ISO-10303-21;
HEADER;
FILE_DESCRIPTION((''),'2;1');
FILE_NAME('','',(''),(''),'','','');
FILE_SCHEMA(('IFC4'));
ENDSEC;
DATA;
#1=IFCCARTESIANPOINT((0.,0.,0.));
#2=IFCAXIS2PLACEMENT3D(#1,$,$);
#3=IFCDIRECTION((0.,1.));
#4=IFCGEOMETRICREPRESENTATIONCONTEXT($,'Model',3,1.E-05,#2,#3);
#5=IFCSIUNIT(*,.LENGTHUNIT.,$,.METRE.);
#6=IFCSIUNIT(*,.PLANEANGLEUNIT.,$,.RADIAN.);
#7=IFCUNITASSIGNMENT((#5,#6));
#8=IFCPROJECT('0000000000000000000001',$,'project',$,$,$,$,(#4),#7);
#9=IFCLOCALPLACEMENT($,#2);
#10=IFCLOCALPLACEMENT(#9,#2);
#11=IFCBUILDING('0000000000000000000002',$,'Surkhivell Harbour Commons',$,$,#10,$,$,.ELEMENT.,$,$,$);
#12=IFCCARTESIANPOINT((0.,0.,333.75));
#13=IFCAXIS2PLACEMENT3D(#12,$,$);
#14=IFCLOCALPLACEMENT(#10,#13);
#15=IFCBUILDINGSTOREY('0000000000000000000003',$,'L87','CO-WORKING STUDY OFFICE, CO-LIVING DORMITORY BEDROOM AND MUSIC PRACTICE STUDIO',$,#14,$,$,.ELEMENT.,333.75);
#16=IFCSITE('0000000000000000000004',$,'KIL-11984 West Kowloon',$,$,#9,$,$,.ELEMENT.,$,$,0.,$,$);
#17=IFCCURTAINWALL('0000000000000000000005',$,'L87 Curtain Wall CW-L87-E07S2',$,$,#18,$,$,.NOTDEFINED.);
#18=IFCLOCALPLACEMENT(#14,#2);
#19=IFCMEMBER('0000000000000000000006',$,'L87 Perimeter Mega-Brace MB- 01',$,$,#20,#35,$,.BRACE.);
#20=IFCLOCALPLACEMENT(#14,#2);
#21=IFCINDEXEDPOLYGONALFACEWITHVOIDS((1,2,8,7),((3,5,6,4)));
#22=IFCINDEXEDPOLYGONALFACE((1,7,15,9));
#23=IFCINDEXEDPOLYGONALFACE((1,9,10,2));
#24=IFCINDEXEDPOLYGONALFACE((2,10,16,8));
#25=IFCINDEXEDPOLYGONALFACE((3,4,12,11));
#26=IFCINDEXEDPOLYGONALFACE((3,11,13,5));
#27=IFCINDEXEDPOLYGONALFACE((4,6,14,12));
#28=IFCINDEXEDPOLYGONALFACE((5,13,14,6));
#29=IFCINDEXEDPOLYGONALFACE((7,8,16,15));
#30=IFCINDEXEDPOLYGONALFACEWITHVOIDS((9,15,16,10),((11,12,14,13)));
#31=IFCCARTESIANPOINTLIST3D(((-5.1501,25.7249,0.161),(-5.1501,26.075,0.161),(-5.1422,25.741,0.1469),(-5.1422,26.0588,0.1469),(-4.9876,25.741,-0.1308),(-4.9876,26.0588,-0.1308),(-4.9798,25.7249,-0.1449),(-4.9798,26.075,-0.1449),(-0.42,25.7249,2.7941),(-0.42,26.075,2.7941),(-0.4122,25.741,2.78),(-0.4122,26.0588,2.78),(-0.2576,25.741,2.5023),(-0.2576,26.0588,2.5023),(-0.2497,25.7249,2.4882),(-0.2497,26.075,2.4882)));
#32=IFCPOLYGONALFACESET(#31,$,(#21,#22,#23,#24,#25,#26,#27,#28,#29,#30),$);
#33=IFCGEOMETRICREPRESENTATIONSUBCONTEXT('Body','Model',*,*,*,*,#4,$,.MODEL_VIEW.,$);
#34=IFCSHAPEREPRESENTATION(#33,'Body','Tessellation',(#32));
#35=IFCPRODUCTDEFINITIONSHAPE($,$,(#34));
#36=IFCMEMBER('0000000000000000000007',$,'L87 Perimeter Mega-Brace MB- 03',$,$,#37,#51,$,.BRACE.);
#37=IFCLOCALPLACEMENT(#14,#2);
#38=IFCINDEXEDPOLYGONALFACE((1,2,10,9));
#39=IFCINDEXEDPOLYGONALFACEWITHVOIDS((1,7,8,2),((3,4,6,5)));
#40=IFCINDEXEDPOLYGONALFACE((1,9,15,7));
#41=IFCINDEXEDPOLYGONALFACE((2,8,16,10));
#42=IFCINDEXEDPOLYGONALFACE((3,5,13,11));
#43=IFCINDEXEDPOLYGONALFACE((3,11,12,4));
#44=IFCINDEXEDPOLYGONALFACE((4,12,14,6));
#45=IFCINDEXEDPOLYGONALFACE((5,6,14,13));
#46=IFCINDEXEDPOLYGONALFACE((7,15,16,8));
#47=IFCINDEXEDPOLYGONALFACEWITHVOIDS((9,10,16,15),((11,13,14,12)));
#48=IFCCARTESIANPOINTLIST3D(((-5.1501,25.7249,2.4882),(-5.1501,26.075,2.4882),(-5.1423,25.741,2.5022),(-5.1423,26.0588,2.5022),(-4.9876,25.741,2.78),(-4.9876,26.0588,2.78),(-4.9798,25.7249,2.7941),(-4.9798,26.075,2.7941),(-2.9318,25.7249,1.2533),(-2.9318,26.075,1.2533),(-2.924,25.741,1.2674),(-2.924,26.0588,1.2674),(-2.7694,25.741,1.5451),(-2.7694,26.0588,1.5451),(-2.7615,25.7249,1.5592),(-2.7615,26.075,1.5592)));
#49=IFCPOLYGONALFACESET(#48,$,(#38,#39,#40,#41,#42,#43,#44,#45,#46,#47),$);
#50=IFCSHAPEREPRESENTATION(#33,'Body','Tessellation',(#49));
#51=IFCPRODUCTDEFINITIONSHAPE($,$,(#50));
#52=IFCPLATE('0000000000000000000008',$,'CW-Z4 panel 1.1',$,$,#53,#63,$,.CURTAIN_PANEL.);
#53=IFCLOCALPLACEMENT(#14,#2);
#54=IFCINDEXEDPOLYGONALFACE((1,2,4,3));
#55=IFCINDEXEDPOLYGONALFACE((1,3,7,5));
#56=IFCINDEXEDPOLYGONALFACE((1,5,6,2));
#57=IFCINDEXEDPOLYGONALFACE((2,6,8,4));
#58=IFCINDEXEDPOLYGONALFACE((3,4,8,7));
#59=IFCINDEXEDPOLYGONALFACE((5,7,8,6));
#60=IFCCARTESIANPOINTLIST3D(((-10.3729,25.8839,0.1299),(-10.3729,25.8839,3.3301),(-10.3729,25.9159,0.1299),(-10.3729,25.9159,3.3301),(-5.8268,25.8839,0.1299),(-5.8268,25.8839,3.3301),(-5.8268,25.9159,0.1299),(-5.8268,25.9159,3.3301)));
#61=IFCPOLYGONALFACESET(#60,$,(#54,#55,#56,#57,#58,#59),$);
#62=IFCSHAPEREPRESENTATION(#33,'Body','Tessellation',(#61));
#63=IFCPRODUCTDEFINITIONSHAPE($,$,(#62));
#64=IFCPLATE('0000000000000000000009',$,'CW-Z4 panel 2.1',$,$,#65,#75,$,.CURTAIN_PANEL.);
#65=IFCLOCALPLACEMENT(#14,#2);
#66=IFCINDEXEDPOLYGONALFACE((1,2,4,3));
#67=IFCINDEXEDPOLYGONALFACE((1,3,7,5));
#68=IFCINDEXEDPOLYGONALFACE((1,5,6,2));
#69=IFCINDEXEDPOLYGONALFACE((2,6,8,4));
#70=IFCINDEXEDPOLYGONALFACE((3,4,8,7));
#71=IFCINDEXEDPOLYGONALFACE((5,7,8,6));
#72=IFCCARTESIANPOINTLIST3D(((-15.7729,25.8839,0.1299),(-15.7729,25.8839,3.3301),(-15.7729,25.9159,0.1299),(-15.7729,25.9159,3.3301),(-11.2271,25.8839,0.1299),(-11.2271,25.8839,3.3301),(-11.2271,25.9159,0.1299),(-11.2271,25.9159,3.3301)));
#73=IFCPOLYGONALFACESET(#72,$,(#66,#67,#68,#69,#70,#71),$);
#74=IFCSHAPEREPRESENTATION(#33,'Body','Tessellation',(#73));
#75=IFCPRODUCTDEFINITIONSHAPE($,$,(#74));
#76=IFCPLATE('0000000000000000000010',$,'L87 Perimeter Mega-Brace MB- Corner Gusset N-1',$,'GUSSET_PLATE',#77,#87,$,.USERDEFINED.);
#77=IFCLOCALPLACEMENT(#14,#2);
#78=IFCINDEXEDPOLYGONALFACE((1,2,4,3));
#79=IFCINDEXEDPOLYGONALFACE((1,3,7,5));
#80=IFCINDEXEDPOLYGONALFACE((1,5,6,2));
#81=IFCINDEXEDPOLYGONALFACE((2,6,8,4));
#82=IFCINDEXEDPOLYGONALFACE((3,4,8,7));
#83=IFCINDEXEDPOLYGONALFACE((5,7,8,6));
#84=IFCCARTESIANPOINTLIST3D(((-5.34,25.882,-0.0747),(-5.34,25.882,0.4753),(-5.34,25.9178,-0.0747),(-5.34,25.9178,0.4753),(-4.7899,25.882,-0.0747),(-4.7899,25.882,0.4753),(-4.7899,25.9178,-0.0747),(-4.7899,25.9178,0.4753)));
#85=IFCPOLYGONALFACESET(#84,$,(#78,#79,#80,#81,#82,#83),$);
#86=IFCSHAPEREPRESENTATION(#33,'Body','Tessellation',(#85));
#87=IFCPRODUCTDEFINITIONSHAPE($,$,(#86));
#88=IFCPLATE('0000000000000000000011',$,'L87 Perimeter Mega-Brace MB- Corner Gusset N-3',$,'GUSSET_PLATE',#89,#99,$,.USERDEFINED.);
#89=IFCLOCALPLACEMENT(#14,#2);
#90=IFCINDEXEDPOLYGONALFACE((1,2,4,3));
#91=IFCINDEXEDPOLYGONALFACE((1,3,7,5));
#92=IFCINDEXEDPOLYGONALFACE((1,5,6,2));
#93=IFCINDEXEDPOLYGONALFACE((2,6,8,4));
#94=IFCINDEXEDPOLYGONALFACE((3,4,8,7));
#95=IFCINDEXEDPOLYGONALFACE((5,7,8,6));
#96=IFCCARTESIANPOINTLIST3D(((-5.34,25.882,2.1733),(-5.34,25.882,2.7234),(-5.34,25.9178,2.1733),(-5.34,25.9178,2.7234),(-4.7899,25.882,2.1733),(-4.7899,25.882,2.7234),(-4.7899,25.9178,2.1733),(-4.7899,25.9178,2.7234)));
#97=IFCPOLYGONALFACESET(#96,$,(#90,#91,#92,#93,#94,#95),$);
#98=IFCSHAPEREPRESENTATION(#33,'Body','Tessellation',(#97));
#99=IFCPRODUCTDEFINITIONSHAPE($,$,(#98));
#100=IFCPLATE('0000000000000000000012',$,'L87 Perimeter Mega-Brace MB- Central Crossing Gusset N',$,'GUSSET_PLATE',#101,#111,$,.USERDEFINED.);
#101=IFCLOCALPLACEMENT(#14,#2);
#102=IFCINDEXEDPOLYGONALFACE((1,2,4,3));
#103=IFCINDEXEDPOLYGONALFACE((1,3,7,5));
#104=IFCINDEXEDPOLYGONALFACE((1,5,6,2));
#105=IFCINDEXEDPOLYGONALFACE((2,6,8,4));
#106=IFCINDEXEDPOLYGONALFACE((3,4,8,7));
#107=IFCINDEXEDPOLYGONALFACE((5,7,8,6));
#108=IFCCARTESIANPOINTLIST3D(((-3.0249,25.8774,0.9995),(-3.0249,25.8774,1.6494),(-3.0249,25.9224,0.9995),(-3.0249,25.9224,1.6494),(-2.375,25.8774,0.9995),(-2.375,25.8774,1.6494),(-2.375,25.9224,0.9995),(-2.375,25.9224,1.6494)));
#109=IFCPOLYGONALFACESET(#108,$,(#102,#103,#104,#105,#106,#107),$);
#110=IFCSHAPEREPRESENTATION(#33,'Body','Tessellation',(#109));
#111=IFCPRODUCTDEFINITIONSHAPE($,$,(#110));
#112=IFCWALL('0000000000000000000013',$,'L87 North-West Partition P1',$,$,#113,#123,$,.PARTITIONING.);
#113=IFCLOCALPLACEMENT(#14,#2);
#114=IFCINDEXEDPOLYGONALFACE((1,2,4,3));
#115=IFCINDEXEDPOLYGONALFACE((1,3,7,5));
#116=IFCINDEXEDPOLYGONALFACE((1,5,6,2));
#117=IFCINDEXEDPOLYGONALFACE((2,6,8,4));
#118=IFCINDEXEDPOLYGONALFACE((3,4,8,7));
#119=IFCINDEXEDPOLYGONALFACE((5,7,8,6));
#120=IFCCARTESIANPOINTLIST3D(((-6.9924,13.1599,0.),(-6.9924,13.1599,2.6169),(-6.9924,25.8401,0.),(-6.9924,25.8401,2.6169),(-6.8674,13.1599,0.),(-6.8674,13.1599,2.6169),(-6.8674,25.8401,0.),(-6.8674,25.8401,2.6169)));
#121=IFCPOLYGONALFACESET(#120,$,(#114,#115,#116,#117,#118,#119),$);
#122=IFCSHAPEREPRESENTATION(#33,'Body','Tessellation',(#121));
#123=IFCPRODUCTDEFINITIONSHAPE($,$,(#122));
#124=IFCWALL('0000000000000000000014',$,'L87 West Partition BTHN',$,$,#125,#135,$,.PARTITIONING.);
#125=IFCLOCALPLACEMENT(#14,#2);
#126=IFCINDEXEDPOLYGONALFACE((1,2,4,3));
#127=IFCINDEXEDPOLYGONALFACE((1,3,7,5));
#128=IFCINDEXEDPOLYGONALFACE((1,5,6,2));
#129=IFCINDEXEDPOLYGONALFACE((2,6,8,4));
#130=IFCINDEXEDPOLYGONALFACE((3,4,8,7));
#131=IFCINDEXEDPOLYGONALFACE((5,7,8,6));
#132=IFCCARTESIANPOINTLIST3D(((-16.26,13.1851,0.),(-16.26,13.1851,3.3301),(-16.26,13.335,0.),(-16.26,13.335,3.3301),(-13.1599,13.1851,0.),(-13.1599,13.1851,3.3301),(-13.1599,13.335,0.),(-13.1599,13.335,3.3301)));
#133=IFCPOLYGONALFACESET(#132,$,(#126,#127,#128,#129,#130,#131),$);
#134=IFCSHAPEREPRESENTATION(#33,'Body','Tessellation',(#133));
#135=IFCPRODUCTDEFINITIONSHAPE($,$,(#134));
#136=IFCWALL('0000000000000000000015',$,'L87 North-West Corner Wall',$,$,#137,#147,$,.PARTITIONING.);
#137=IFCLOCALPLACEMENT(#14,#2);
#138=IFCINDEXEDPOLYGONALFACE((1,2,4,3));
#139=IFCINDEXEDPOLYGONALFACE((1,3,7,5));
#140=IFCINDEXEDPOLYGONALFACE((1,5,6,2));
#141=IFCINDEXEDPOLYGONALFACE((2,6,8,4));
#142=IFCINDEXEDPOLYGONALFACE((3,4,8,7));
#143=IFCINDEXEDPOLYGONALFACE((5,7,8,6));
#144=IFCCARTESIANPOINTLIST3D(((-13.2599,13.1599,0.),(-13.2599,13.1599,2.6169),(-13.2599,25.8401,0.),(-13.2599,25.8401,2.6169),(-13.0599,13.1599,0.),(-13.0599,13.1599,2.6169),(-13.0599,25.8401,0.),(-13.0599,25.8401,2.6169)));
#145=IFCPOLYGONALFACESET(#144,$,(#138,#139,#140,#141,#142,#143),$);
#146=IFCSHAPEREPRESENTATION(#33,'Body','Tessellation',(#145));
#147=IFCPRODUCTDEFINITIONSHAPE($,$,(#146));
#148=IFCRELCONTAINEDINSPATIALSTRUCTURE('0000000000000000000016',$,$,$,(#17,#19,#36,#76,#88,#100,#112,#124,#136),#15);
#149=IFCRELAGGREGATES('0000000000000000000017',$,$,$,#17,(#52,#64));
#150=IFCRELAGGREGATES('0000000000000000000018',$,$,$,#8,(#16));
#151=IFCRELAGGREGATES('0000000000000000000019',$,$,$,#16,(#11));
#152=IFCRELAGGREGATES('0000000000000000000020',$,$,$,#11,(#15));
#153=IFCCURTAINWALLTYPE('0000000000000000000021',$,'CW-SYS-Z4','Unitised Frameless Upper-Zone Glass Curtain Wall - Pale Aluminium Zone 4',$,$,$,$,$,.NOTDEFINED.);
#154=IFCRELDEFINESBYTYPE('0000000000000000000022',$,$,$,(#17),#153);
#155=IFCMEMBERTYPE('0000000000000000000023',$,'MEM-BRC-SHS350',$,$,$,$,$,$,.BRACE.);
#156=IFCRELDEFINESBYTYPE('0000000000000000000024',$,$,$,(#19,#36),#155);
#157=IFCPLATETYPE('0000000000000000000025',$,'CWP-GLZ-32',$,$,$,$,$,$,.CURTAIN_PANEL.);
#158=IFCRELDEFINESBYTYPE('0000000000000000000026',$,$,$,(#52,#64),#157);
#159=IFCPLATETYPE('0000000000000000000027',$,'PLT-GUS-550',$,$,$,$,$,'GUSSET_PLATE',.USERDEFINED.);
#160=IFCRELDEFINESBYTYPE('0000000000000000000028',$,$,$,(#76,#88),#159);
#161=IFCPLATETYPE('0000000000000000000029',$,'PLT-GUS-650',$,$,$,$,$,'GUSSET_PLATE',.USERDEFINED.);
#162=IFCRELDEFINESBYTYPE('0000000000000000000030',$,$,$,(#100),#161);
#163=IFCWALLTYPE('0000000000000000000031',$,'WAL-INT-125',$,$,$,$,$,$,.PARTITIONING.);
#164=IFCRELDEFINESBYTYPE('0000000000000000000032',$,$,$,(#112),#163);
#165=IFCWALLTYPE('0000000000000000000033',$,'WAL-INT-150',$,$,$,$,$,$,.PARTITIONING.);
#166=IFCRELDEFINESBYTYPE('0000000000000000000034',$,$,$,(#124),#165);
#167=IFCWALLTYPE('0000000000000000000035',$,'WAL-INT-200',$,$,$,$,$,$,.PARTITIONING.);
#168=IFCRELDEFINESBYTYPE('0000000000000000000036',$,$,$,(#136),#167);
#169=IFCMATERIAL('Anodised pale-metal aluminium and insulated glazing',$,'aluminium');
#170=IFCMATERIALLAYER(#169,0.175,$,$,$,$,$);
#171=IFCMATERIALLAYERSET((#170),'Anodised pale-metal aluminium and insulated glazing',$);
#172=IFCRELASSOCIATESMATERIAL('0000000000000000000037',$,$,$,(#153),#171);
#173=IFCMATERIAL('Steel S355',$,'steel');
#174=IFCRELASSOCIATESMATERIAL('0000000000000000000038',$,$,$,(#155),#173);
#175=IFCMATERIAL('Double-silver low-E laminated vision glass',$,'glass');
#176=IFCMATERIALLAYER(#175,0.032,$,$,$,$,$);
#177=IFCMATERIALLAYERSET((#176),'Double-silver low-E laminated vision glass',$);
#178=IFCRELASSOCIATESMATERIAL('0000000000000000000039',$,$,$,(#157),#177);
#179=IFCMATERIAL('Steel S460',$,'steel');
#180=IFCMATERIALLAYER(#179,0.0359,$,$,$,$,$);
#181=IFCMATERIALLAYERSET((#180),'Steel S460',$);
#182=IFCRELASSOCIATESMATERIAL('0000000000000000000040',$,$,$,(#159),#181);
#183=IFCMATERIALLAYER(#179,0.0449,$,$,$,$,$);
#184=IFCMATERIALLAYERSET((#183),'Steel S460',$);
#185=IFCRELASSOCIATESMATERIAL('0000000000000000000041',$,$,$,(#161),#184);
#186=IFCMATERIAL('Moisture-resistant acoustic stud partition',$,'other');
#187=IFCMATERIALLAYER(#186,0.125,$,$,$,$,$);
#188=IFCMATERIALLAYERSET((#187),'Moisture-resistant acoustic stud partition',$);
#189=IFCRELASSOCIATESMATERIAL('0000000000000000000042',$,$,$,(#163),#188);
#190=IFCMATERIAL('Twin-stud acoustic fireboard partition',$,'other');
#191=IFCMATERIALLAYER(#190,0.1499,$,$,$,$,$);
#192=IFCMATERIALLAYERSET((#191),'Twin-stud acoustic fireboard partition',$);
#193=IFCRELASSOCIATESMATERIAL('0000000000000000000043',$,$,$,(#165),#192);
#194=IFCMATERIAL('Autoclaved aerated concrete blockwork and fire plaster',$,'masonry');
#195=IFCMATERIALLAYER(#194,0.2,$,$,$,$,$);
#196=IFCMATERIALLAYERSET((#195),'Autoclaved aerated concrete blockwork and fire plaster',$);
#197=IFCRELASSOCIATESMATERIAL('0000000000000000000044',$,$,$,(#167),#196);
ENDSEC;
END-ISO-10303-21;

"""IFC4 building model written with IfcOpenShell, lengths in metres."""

from ifc_helpers import new_model, si_unit, direction, frame, frame_2d, origin, origin_2d, place, context, subcontext, project, spatial, rectangle, hollow_rectangle, extrude, material, layer, layer_set, material_profile, profile_set, type_object, element, aggregate, save


model = new_model("IFC4")

# Units and contexts
model_context = context("Model", 3, precision=1e-05, world=origin(), true_north=direction((0.0, 1.0)))
body_context = subcontext(model_context, "Body", "Model", "MODEL_VIEW")
ifc_project = project(units=[si_unit("LENGTHUNIT", "METRE"), si_unit("PLANEANGLEUNIT", "RADIAN")], contexts=[model_context])

# Site, building, storey
site_placement = place(None, origin())
site = spatial("IfcSite", under=ifc_project, at=site_placement, Name="KIL-11984 West Kowloon", CompositionType="ELEMENT", RefElevation=0.0)
building_placement = place(site_placement, origin())
building = spatial("IfcBuilding", under=site, at=building_placement, Name="Surkhivell Harbour Commons", CompositionType="ELEMENT")
storey_placement = place(building_placement, frame((0.0, 0.0, 333.75)))
storey = spatial("IfcBuildingStorey", under=building, at=storey_placement, Name="L87", Description="CO-WORKING STUDY OFFICE, CO-LIVING DORMITORY BEDROOM AND MUSIC PRACTICE STUDIO", CompositionType="ELEMENT", Elevation=333.75)

# Shared definitions
ifc_material_1 = material(Name="Steel S355", Category="steel")

# Curtain wall
ifc_material_2 = material(Name="Anodised pale-metal aluminium and insulated glazing", Category="aluminium")
ifc_layer_1 = layer(ifc_material_2, 0.175)
ifc_layer_set_1 = layer_set([ifc_layer_1], Name="Anodised pale-metal aluminium and insulated glazing")
curtain_wall_type = type_object("IfcCurtainWallType", Name="CW-SYS-Z4", Description="Unitised Frameless Upper-Zone Glass Curtain Wall - Pale Aluminium Zone 4", PredefinedType="NOTDEFINED", material=ifc_layer_set_1)
curtain_wall_placement = place(storey_placement, origin())
curtain_wall = element("IfcCurtainWall", 1, at=curtain_wall_placement, inside=storey, type_object=curtain_wall_type, Name="L87 Curtain Wall CW-L87-E07S2", PredefinedType="NOTDEFINED")

# Members
ifc_material_profile_1 = material_profile(ifc_material_1, hollow_rectangle(XDim=0.3501, YDim=0.3501, WallThickness=0.0161, at=origin_2d()), Name="SHS350x350x16")
ifc_profile_set_1 = profile_set([ifc_material_profile_1], Name="Steel S355")
member_type_1 = type_object("IfcMemberType", Name="MEM-BRC-SHS350", PredefinedType="BRACE", material=ifc_profile_set_1)
member_1_placement = place(storey_placement, frame((-5.0649, 25.8999, 0.0081), z_axis=(0.873742, 0.0, 0.486389), x_axis=(0.0, 1.0, 0.0)))
element("IfcMember", 2, at=member_1_placement, inside=storey, type_object=member_type_1, Name="L87 Perimeter Mega-Brace MB- 01", PredefinedType="BRACE", context=body_context, shape_type="SweptSolid", body=[
    extrude(hollow_rectangle(XDim=0.3501, YDim=0.3501, WallThickness=0.0161, at=origin_2d()), origin(), (0.0, 0.0, 1.0), 5.4136),
])
member_2_placement = place(storey_placement, frame((-2.8467, 25.8999, 1.4062), z_axis=(-0.87374, 0.0, 0.486394), x_axis=(0.0, -1.0, 0.0)))
element("IfcMember", 3, at=member_2_placement, inside=storey, type_object=member_type_1, Name="L87 Perimeter Mega-Brace MB- 03", PredefinedType="BRACE", context=body_context, shape_type="SweptSolid", body=[
    extrude(hollow_rectangle(XDim=0.3501, YDim=0.3501, WallThickness=0.0161, at=origin_2d()), origin(), (0.0, 0.0, 1.0), 2.5388),
])

# Plates
ifc_material_3 = material(Name="Double-silver low-E laminated vision glass", Category="glass")
ifc_layer_2 = layer(ifc_material_3, 0.032)
ifc_layer_set_2 = layer_set([ifc_layer_2], Name="Double-silver low-E laminated vision glass")
plate_type_1 = type_object("IfcPlateType", Name="CWP-GLZ-32", PredefinedType="CURTAIN_PANEL", material=ifc_layer_set_2)
plate_1_placement = place(storey_placement, frame((-5.8269, 25.8999, 0.1299), z_axis=(0.0, 0.0, 1.0), x_axis=(-1.0, 0.0, 0.0)))
plate_1 = element("IfcPlate", 4, at=plate_1_placement, type_object=plate_type_1, Name="CW-Z4 panel 1.1", PredefinedType="CURTAIN_PANEL", context=body_context, shape_type="SweptSolid", body=[
    extrude(rectangle(XDim=4.5461, YDim=0.032, at=frame_2d((2.2729, 0.0))), origin(), (0.0, 0.0, 1.0), 3.2002),
])
plate_2_placement = place(storey_placement, frame((-11.2271, 25.8999, 0.1299), z_axis=(0.0, 0.0, 1.0), x_axis=(-1.0, 0.0, 0.0)))
plate_2 = element("IfcPlate", 5, at=plate_2_placement, type_object=plate_type_1, Name="CW-Z4 panel 2.1", PredefinedType="CURTAIN_PANEL", context=body_context, shape_type="SweptSolid", body=[
    extrude(rectangle(XDim=4.5459, YDim=0.032, at=frame_2d((2.2729, 0.0))), origin(), (0.0, 0.0, 1.0), 3.2002),
])
aggregate(curtain_wall, [plate_1, plate_2])

# Plates
ifc_material_4 = material(Name="Steel S460", Category="steel")
ifc_layer_3 = layer(ifc_material_4, 0.0359)
ifc_layer_set_3 = layer_set([ifc_layer_3], Name="Steel S460")
plate_type_2 = type_object("IfcPlateType", Name="PLT-GUS-550", ElementType="GUSSET_PLATE", PredefinedType="USERDEFINED", material=ifc_layer_set_3)
for number, where, z_axis, x_axis, name in (
    (6, (-5.0649, 25.8999, -0.0747), (0.0, 0.0, 1.0), (1.0, 0.0, 0.0), "L87 Perimeter Mega-Brace MB- Corner Gusset N-1"),
    (7, (-5.0649, 25.8999, 2.1733), (0.0, 0.0, 1.0), (1.0, 0.0, 0.0), "L87 Perimeter Mega-Brace MB- Corner Gusset N-3"),
):
    element("IfcPlate", number, at=place(storey_placement, frame(where, z_axis=z_axis, x_axis=x_axis)), inside=storey, type_object=plate_type_2, Name=name, ObjectType="GUSSET_PLATE", PredefinedType="USERDEFINED", context=body_context, shape_type="SweptSolid", body=[
        extrude(rectangle(XDim=0.55, YDim=0.0359, at=origin_2d()), origin(), (0.0, 0.0, 1.0), 0.55),
    ])
ifc_layer_4 = layer(ifc_material_4, 0.0449)
ifc_layer_set_4 = layer_set([ifc_layer_4], Name="Steel S460")
plate_type_3 = type_object("IfcPlateType", Name="PLT-GUS-650", ElementType="GUSSET_PLATE", PredefinedType="USERDEFINED", material=ifc_layer_set_4)
plate_3_placement = place(storey_placement, frame((-2.7, 25.8999, 0.9995), z_axis=(0.0, 0.0, 1.0), x_axis=(1.0, 0.0, 0.0)))
element("IfcPlate", 8, at=plate_3_placement, inside=storey, type_object=plate_type_3, Name="L87 Perimeter Mega-Brace MB- Central Crossing Gusset N", ObjectType="GUSSET_PLATE", PredefinedType="USERDEFINED", context=body_context, shape_type="SweptSolid", body=[
    extrude(rectangle(XDim=0.6499, YDim=0.0449, at=origin_2d()), origin(), (0.0, 0.0, 1.0), 0.6499),
])

# Walls
ifc_material_5 = material(Name="Moisture-resistant acoustic stud partition", Category="other")
ifc_layer_5 = layer(ifc_material_5, 0.125)
ifc_layer_set_5 = layer_set([ifc_layer_5], Name="Moisture-resistant acoustic stud partition")
wall_type_1 = type_object("IfcWallType", Name="WAL-INT-125", PredefinedType="PARTITIONING", material=ifc_layer_set_5)
wall_1_placement = place(storey_placement, frame((-6.9299, 13.1599, 0.0), z_axis=(0.0, 0.0, 1.0), x_axis=(0.0, 1.0, 0.0)))
element("IfcWall", 9, at=wall_1_placement, inside=storey, type_object=wall_type_1, Name="L87 North-West Partition P1", PredefinedType="PARTITIONING", context=body_context, shape_type="SweptSolid", body=[
    extrude(rectangle(XDim=12.6802, YDim=0.125, at=frame_2d((6.3401, 0.0))), origin(), (0.0, 0.0, 1.0), 2.6169),
])
ifc_material_6 = material(Name="Twin-stud acoustic fireboard partition", Category="other")
ifc_layer_6 = layer(ifc_material_6, 0.1499)
ifc_layer_set_6 = layer_set([ifc_layer_6], Name="Twin-stud acoustic fireboard partition")
wall_type_2 = type_object("IfcWallType", Name="WAL-INT-150", PredefinedType="PARTITIONING", material=ifc_layer_set_6)
wall_2_placement = place(storey_placement, frame((-16.26, 13.26, 0.0), z_axis=(0.0, 0.0, 1.0), x_axis=(1.0, 0.0, 0.0)))
element("IfcWall", 10, at=wall_2_placement, inside=storey, type_object=wall_type_2, Name="L87 West Partition BTHN", PredefinedType="PARTITIONING", context=body_context, shape_type="SweptSolid", body=[
    extrude(rectangle(XDim=3.1001, YDim=0.1499, at=frame_2d((1.55, 0.0))), origin(), (0.0, 0.0, 1.0), 3.3301),
])
ifc_material_7 = material(Name="Autoclaved aerated concrete blockwork and fire plaster", Category="masonry")
ifc_layer_7 = layer(ifc_material_7, 0.2)
ifc_layer_set_7 = layer_set([ifc_layer_7], Name="Autoclaved aerated concrete blockwork and fire plaster")
wall_type_3 = type_object("IfcWallType", Name="WAL-INT-200", PredefinedType="PARTITIONING", material=ifc_layer_set_7)
wall_3_placement = place(storey_placement, frame((-13.1599, 13.1599, 0.0), z_axis=(0.0, 0.0, 1.0), x_axis=(0.0, 1.0, 0.0)))
element("IfcWall", 11, at=wall_3_placement, inside=storey, type_object=wall_type_3, Name="L87 North-West Corner Wall", PredefinedType="PARTITIONING", context=body_context, shape_type="SweptSolid", body=[
    extrude(rectangle(XDim=12.6802, YDim=0.2, at=frame_2d((6.3401, 0.0))), origin(), (0.0, 0.0, 1.0), 2.6169),
])

save(model, "model.ifc")
